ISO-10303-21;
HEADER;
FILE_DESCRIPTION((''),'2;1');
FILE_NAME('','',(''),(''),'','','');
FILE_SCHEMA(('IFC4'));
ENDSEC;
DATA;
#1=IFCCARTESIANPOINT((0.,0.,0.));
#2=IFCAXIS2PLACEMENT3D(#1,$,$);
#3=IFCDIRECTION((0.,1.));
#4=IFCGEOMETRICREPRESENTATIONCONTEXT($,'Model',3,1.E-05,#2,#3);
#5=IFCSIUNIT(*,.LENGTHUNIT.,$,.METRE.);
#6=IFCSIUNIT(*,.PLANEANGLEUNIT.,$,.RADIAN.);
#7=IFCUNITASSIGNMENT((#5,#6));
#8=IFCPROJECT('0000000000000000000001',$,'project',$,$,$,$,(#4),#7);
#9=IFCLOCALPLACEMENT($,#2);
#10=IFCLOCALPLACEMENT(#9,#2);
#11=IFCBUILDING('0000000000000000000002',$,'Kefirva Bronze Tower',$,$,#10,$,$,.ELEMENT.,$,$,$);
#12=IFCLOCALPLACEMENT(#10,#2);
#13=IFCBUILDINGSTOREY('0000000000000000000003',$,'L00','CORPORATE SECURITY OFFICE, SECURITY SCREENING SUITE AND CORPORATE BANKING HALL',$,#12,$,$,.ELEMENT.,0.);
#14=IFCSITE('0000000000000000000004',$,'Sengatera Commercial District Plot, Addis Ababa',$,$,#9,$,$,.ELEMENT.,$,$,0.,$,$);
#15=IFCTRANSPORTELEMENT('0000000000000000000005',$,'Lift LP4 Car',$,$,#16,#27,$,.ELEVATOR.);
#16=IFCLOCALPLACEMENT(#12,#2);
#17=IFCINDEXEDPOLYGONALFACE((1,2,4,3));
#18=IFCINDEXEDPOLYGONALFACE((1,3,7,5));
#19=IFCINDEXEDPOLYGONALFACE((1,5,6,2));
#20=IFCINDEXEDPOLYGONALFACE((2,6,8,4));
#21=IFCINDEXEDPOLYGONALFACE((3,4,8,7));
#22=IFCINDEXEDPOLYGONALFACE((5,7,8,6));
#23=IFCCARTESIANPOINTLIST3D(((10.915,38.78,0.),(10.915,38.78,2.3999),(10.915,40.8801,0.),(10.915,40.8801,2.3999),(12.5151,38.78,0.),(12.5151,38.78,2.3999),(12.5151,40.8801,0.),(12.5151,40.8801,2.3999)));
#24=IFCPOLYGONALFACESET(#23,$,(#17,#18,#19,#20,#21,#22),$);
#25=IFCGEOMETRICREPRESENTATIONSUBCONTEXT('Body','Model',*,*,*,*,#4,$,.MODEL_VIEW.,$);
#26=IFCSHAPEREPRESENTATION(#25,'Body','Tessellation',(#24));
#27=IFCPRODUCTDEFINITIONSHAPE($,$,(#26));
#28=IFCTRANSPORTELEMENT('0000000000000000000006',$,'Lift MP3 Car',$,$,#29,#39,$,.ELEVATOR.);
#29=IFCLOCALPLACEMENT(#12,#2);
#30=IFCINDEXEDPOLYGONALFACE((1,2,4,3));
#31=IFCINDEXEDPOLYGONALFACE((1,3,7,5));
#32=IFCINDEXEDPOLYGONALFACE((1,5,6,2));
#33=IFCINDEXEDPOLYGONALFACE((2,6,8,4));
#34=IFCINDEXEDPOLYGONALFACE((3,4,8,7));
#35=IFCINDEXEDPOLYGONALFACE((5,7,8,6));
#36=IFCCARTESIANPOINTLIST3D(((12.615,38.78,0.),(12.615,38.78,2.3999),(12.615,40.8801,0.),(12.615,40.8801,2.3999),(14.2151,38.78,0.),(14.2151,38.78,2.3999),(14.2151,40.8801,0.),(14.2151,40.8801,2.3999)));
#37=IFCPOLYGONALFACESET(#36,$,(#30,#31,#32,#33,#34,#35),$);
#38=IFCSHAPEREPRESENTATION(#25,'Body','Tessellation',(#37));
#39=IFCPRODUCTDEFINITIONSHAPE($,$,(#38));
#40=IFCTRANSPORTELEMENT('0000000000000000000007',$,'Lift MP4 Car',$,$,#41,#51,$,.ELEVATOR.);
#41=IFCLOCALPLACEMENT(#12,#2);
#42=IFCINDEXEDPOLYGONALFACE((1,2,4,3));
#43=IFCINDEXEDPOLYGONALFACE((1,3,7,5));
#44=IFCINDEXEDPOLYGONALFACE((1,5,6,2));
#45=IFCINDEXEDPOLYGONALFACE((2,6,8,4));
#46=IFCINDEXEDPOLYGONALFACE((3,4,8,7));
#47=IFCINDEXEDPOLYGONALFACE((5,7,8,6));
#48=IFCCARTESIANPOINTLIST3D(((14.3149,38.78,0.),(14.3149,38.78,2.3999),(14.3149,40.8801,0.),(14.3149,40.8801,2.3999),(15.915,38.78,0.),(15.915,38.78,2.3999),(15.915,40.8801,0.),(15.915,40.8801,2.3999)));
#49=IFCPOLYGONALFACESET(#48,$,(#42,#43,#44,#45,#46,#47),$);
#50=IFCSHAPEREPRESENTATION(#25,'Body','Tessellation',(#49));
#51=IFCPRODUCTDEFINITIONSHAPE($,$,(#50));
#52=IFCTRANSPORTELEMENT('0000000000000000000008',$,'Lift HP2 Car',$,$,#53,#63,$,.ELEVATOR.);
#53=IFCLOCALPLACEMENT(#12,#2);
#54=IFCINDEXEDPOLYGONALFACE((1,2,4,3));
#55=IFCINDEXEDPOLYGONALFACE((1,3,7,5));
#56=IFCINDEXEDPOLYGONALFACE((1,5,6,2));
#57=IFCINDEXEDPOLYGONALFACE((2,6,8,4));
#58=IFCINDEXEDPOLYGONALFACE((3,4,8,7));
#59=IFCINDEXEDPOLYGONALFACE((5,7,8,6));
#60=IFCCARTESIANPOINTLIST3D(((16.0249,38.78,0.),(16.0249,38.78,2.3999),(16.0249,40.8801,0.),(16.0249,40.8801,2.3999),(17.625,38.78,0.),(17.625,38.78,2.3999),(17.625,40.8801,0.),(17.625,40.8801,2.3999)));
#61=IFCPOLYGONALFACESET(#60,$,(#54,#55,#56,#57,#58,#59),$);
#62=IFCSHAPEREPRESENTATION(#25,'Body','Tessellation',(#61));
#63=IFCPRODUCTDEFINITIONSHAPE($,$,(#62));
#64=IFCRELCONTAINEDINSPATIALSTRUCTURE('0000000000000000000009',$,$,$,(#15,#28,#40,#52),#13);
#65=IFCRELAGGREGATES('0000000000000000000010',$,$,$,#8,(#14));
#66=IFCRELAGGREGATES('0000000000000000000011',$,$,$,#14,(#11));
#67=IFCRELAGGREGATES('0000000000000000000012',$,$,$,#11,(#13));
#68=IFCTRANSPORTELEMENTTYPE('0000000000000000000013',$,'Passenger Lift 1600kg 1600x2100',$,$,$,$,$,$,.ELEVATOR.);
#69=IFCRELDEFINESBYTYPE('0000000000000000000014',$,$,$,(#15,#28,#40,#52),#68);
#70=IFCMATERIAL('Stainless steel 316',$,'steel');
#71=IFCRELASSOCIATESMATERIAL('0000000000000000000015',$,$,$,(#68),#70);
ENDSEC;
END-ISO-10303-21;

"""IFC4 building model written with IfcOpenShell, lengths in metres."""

from ifc_helpers import new_model, si_unit, direction, frame, origin, origin_2d, place, context, subcontext, project, spatial, rectangle, extrude, material, type_object, element, save


model = new_model("IFC4")

# Units and contexts
model_context = context("Model", 3, precision=1e-05, world=origin(), true_north=direction((0.0, 1.0)))
body_context = subcontext(model_context, "Body", "Model", "MODEL_VIEW")
ifc_project = project(units=[si_unit("LENGTHUNIT", "METRE"), si_unit("PLANEANGLEUNIT", "RADIAN")], contexts=[model_context])

# Site, building, storey
site_placement = place(None, origin())
site = spatial("IfcSite", under=ifc_project, at=site_placement, Name="Sengatera Commercial District Plot, Addis Ababa", CompositionType="ELEMENT", RefElevation=0.0)
building_placement = place(site_placement, origin())
building = spatial("IfcBuilding", under=site, at=building_placement, Name="Kefirva Bronze Tower", CompositionType="ELEMENT")
storey_placement = place(building_placement, origin())
storey = spatial("IfcBuildingStorey", under=building, at=storey_placement, Name="L00", Description="CORPORATE SECURITY OFFICE, SECURITY SCREENING SUITE AND CORPORATE BANKING HALL", CompositionType="ELEMENT", Elevation=0.0)

# Shared definitions
ifc_material_1 = material(Name="Stainless steel 316", Category="steel")

# Transport elements
transport_element_type = type_object("IfcTransportElementType", Name="Passenger Lift 1600kg 1600x2100", PredefinedType="ELEVATOR", material=ifc_material_1)
for number, where, z_axis, x_axis, name in (
    (1, (11.7151, 39.8301, 0.0), (0.0, 0.0, 1.0), (1.0, 0.0, 0.0), "Lift LP4 Car"),
    (2, (13.415, 39.8301, 0.0), (0.0, 0.0, 1.0), (1.0, 0.0, 0.0), "Lift MP3 Car"),
    (3, (15.115, 39.8301, 0.0), (0.0, 0.0, 1.0), (1.0, 0.0, 0.0), "Lift MP4 Car"),
    (4, (16.825, 39.8301, 0.0), (0.0, 0.0, 1.0), (1.0, 0.0, 0.0), "Lift HP2 Car"),
):
    element("IfcTransportElement", number, at=place(storey_placement, frame(where, z_axis=z_axis, x_axis=x_axis)), inside=storey, type_object=transport_element_type, Name=name, PredefinedType="ELEVATOR", context=body_context, shape_type="SweptSolid", body=[
        extrude(rectangle(XDim=1.6001, YDim=2.1001, at=origin_2d()), origin(), (0.0, 0.0, 1.0), 2.3999),
    ])

save(model, "model.ifc")
